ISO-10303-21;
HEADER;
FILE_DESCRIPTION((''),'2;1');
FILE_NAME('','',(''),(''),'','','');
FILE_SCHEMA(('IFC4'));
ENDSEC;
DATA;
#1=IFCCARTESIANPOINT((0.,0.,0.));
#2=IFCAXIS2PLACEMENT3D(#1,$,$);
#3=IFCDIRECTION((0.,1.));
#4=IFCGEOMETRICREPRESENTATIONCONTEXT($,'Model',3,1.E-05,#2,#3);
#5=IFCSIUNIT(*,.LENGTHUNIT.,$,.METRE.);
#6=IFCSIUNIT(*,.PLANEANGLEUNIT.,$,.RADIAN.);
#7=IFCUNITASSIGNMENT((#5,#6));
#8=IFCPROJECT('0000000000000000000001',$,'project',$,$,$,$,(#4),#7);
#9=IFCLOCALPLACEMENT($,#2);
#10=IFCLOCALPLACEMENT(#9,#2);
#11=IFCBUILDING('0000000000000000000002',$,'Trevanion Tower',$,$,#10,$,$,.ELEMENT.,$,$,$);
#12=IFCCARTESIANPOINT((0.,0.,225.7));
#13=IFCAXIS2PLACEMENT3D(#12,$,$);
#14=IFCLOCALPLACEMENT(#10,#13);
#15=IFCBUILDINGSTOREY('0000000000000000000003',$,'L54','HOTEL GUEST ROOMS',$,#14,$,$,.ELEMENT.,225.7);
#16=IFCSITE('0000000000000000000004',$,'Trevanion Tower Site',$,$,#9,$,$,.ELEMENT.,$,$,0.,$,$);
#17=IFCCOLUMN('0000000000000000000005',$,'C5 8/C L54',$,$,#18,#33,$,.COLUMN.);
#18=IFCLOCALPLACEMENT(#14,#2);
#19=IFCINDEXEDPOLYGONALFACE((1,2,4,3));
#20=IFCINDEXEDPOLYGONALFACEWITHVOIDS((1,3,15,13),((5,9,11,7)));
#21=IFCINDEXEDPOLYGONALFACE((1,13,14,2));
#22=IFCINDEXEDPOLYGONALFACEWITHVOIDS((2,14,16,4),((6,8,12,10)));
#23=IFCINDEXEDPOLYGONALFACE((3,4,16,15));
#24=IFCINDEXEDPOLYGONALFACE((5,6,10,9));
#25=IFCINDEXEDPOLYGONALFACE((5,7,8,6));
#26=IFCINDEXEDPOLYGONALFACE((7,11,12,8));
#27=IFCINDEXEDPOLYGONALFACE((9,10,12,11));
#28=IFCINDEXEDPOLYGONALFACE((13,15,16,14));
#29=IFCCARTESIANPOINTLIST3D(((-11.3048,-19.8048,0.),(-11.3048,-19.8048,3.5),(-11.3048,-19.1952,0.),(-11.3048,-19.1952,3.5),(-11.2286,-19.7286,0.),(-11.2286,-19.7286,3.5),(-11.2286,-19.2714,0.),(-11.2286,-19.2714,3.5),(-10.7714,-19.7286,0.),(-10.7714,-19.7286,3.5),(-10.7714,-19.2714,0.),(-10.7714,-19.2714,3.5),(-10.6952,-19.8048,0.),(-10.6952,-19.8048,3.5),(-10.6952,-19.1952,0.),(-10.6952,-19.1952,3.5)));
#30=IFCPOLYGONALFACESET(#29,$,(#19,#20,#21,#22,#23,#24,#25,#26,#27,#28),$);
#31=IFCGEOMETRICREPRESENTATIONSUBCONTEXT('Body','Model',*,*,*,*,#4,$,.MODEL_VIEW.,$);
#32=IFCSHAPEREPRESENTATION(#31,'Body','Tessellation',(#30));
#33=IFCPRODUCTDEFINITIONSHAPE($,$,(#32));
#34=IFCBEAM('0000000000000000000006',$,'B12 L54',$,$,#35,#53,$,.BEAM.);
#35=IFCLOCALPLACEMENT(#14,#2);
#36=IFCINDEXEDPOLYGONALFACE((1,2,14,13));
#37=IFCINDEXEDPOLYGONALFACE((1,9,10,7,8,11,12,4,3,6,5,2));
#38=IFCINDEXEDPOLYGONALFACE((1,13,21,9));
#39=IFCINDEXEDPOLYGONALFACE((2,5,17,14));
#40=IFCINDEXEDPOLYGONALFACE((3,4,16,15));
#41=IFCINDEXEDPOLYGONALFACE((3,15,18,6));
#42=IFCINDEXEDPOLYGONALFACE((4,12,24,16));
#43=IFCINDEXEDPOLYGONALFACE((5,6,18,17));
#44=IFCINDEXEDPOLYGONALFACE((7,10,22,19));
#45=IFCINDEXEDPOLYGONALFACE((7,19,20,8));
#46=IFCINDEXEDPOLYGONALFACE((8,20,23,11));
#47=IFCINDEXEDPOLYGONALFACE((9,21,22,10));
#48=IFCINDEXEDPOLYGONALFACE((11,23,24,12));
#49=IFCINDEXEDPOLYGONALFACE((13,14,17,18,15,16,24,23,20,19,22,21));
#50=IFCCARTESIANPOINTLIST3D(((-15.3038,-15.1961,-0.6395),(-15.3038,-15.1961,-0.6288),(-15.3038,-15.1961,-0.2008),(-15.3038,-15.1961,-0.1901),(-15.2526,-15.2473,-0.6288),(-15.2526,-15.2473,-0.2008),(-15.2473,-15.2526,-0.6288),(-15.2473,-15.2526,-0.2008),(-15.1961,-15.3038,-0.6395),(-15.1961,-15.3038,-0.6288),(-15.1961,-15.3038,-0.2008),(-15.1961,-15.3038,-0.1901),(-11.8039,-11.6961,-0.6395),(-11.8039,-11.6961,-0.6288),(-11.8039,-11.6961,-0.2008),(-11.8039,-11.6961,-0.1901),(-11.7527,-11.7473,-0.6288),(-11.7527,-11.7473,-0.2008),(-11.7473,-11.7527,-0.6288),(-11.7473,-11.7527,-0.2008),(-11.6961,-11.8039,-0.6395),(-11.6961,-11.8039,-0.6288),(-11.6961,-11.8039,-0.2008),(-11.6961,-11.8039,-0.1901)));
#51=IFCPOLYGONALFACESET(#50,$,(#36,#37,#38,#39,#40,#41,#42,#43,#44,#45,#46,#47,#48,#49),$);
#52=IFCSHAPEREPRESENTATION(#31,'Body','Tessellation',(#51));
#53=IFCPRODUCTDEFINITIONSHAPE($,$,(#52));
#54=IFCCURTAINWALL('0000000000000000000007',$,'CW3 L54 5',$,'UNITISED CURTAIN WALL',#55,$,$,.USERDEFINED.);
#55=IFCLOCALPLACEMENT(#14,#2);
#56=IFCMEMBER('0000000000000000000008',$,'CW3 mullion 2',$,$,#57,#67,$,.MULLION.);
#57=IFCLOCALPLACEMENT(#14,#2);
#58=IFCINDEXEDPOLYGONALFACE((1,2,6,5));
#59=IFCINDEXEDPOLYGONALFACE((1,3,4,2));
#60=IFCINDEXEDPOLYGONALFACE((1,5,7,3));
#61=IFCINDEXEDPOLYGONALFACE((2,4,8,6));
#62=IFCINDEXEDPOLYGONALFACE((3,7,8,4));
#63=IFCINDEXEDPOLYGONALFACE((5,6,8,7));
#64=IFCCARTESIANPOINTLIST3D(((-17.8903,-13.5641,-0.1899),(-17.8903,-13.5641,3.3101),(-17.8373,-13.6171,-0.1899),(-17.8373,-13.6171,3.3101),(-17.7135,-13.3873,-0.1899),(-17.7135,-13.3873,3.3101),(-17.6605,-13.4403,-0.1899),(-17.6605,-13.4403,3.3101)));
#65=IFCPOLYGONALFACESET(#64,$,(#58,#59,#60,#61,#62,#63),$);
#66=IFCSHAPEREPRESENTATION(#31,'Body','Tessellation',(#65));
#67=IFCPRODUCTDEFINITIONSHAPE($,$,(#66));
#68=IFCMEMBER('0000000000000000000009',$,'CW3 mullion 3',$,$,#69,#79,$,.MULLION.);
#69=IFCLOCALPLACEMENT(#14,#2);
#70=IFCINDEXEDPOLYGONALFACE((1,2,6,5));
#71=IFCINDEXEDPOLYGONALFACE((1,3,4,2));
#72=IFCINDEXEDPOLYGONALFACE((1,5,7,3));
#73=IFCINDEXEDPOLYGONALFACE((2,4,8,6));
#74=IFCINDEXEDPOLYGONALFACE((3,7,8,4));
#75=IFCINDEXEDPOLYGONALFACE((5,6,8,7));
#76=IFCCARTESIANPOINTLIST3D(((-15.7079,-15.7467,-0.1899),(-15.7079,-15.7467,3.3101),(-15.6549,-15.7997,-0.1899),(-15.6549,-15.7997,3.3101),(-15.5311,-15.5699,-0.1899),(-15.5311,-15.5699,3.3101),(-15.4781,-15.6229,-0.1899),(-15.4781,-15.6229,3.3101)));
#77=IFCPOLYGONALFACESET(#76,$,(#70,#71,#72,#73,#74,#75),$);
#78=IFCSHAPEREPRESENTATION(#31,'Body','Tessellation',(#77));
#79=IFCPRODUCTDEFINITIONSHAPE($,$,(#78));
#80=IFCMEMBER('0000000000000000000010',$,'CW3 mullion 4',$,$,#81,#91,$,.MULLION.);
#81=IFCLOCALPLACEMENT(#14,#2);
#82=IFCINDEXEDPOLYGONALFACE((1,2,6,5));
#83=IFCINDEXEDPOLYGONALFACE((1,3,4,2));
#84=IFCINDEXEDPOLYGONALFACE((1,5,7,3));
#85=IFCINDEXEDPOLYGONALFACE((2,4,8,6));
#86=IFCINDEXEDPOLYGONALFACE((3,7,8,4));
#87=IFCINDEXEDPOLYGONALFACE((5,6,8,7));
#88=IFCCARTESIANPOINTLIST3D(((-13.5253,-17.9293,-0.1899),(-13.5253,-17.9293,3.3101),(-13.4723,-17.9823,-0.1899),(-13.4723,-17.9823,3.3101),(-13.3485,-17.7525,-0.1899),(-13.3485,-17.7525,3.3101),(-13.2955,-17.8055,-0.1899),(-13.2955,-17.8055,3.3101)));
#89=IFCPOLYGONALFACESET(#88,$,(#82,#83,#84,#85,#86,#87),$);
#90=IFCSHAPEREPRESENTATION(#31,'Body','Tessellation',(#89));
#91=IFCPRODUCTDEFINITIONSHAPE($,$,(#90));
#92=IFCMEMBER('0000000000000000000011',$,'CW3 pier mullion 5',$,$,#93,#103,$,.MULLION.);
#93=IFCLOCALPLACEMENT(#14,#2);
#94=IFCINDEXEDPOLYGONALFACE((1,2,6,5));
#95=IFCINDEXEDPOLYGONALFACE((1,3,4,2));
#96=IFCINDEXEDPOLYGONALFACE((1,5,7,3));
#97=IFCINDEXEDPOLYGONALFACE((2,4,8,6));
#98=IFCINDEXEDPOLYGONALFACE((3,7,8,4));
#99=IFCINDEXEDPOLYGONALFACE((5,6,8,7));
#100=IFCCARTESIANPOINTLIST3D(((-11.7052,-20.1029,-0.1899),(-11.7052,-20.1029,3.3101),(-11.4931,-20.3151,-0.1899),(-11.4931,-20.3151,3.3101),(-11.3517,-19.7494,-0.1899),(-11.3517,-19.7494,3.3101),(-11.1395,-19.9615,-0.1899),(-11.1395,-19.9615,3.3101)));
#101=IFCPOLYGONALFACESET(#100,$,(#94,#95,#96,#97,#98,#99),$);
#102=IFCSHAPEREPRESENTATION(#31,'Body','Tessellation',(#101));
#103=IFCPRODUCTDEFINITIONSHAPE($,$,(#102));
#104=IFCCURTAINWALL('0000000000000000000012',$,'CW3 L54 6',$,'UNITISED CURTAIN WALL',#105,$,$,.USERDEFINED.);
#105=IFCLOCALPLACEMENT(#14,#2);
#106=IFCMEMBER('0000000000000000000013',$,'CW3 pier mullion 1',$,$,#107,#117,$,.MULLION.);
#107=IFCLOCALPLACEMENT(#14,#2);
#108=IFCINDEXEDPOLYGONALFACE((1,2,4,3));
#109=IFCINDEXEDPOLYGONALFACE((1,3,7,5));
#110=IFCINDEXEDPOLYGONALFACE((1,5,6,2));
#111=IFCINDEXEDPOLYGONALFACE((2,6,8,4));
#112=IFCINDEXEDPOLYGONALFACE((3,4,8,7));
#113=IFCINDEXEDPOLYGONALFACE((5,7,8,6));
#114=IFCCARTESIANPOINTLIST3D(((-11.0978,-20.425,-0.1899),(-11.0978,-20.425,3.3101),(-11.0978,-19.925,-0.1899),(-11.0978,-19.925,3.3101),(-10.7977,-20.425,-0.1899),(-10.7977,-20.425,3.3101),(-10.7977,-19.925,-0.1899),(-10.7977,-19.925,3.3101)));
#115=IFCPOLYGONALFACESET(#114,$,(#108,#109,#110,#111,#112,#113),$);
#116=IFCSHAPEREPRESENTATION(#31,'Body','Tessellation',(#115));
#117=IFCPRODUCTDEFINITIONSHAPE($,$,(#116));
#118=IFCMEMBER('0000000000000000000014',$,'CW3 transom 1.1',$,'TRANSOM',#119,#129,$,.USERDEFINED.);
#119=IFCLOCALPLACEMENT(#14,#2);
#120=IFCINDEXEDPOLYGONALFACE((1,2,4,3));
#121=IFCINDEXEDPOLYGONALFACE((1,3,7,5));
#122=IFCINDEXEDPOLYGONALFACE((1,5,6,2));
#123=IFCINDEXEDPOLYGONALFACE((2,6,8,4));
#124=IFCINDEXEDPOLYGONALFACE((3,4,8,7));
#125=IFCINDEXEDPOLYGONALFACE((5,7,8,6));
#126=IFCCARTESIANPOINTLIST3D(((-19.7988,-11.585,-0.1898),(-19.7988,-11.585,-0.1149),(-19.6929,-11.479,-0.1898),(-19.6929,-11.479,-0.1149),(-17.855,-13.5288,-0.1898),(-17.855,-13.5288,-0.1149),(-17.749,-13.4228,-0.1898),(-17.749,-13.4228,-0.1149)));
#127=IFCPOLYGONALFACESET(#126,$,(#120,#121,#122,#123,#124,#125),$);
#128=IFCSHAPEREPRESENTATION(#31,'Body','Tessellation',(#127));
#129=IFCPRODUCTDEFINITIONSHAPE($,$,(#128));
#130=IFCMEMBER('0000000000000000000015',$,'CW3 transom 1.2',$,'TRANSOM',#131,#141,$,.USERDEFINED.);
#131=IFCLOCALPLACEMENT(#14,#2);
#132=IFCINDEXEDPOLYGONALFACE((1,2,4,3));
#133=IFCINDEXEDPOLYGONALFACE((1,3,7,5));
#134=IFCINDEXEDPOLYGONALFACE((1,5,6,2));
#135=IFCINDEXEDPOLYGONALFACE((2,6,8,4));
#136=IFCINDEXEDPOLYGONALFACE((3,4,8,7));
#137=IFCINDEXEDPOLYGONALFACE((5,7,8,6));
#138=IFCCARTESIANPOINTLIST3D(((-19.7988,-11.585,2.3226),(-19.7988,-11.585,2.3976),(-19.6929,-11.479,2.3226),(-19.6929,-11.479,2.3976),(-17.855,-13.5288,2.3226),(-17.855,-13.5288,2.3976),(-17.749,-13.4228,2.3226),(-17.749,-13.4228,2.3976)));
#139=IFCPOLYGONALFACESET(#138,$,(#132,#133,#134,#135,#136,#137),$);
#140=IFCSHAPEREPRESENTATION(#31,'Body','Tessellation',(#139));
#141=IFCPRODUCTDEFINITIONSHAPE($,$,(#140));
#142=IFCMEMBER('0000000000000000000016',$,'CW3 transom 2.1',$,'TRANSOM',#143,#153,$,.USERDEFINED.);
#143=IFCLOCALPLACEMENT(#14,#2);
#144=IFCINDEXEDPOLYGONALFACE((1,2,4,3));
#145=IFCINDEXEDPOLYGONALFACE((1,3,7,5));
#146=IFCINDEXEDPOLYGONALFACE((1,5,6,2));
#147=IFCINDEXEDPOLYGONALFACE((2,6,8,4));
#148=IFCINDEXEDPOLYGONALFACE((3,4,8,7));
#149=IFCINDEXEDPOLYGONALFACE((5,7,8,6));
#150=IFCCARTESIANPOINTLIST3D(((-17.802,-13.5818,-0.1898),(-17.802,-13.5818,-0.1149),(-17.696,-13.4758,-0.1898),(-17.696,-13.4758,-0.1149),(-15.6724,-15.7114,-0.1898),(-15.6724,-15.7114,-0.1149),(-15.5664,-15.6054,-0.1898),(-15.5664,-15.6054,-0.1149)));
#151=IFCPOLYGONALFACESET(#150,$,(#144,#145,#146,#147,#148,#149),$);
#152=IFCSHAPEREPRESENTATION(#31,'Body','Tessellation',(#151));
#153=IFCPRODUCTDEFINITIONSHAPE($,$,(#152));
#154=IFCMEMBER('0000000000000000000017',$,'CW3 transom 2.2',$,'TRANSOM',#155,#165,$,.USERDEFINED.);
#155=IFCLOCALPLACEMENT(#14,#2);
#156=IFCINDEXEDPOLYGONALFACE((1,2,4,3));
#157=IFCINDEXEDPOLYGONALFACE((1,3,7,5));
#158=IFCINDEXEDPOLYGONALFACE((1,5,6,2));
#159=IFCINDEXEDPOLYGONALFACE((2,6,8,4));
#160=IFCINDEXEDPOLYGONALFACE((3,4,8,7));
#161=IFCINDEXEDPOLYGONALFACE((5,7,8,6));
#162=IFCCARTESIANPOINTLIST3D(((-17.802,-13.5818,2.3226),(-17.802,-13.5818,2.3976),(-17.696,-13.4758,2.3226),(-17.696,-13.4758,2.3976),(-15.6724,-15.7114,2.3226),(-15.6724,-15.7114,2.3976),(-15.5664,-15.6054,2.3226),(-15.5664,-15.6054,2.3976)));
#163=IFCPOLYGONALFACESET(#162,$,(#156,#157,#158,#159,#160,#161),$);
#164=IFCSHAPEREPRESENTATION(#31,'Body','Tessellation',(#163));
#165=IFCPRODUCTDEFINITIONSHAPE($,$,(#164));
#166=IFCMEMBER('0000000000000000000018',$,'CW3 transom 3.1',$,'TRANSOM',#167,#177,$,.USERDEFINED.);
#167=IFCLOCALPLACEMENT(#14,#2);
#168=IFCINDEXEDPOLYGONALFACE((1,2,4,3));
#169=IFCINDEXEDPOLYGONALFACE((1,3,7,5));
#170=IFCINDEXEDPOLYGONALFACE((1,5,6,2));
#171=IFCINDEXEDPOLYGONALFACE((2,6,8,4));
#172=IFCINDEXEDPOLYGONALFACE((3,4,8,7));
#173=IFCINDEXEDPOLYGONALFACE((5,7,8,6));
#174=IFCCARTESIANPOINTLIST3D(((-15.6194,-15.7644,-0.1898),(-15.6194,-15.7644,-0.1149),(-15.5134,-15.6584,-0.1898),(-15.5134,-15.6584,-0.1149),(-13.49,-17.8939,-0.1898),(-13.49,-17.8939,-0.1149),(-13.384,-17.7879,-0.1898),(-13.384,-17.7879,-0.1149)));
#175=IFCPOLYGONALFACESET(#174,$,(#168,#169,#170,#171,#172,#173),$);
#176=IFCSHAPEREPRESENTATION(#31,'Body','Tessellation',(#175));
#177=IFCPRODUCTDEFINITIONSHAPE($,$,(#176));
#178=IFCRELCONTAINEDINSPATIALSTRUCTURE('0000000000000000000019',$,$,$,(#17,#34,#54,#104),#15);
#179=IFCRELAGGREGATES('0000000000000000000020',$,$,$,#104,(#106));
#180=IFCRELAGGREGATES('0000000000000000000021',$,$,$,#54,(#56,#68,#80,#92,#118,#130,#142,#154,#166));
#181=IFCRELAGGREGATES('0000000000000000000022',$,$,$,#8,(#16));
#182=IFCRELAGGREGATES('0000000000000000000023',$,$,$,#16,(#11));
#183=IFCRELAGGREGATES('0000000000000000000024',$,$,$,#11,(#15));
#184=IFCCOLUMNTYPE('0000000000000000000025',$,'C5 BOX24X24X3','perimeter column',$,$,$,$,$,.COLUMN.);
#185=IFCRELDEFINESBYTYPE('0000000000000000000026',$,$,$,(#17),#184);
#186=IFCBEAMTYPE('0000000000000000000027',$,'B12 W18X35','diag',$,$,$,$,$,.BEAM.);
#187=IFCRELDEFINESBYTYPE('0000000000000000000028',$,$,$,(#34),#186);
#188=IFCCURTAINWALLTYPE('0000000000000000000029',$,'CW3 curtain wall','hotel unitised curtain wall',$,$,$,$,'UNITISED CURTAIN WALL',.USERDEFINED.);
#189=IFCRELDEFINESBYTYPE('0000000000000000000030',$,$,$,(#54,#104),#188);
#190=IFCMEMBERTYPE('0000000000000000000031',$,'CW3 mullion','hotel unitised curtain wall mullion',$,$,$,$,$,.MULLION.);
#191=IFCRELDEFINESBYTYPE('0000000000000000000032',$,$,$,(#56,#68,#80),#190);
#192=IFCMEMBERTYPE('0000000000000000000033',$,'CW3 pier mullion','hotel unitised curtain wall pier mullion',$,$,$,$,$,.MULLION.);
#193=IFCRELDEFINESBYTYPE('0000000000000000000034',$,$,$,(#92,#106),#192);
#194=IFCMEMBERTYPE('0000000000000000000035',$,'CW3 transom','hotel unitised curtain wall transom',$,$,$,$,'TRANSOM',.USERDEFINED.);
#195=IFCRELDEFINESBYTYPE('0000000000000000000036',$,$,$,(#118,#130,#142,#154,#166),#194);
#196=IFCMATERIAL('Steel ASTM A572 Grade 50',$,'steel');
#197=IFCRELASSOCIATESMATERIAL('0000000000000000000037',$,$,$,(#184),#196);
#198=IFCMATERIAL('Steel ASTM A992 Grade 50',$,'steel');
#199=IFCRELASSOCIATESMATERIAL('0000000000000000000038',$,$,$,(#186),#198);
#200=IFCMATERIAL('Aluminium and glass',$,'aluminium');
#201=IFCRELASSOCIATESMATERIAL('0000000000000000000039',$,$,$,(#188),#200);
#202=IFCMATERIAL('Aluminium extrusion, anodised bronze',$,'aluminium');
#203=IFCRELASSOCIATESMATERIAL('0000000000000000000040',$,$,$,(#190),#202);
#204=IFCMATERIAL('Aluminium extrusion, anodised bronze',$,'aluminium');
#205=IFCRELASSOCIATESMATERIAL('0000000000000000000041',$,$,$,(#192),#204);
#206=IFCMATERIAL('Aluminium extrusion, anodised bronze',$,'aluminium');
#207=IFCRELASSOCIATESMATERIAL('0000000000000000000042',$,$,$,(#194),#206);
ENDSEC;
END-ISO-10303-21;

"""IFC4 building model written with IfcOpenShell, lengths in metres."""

from ifc_helpers import new_model, si_unit, direction, frame, origin, origin_2d, place, context, subcontext, project, spatial, rectangle, hollow_rectangle, i_section, extrude, material, material_profile, profile_set, type_object, element, aggregate, save


model = new_model("IFC4")

# Units and contexts
model_context = context("Model", 3, precision=1e-05, world=origin(), true_north=direction((0.0, 1.0)))
body_context = subcontext(model_context, "Body", "Model", "MODEL_VIEW")
ifc_project = project(units=[si_unit("LENGTHUNIT", "METRE"), si_unit("PLANEANGLEUNIT", "RADIAN")], contexts=[model_context])

# Site, building, storey
site_placement = place(None, origin())
site = spatial("IfcSite", under=ifc_project, at=site_placement, Name="Trevanion Tower Site", CompositionType="ELEMENT", RefElevation=0.0)
building_placement = place(site_placement, origin())
building = spatial("IfcBuilding", under=site, at=building_placement, Name="Trevanion Tower", CompositionType="ELEMENT")
storey_placement = place(building_placement, frame((0.0, 0.0, 225.7)))
storey = spatial("IfcBuildingStorey", under=building, at=storey_placement, Name="L54", Description="HOTEL GUEST ROOMS", CompositionType="ELEMENT", Elevation=225.7)

# Column
ifc_material_1 = material(Name="Steel ASTM A572 Grade 50", Category="steel")
ifc_material_profile_1 = material_profile(ifc_material_1, hollow_rectangle(XDim=0.6096, YDim=0.6096, WallThickness=0.0762, at=origin_2d()), Name="BOX24X24X3")
ifc_profile_set_1 = profile_set([ifc_material_profile_1], Name="Steel ASTM A572 Grade 50")
column_type = type_object("IfcColumnType", Name="C5 BOX24X24X3", Description="perimeter column", PredefinedType="COLUMN", material=ifc_profile_set_1)
column_placement = place(storey_placement, frame((-11.0, -19.5, 0.0), z_axis=(0.0, 0.0, 1.0), x_axis=(1.0, 0.0, 0.0)))
element("IfcColumn", 1, at=column_placement, inside=storey, type_object=column_type, Name="C5 8/C L54", PredefinedType="COLUMN", context=body_context, shape_type="SweptSolid", body=[
    extrude(hollow_rectangle(XDim=0.6096, YDim=0.6096, WallThickness=0.0762, at=origin_2d()), origin(), (0.0, 0.0, 1.0), 3.5),
])

# Beam
ifc_material_2 = material(Name="Steel ASTM A992 Grade 50", Category="steel")
ifc_material_profile_2 = material_profile(ifc_material_2, i_section(OverallWidth=0.1523, OverallDepth=0.4495, WebThickness=0.0076, FlangeThickness=0.0107, at=origin_2d()), Name="W18X35")
ifc_profile_set_2 = profile_set([ifc_material_profile_2], Name="Steel ASTM A992 Grade 50")
beam_type_1 = type_object("IfcBeamType", Name="B12 W18X35", Description="diag", PredefinedType="BEAM", material=ifc_profile_set_2)
beam_1_placement = place(storey_placement, frame((-11.75, -11.75, -0.4148), z_axis=(-0.707107, -0.707107, 0.0), x_axis=(0.707107, -0.707107, 0.0)))
element("IfcBeam", 2, at=beam_1_placement, inside=storey, type_object=beam_type_1, Name="B12 L54", PredefinedType="BEAM", context=body_context, shape_type="SweptSolid", body=[
    extrude(i_section(OverallWidth=0.1523, OverallDepth=0.4495, WebThickness=0.0076, FlangeThickness=0.0107, at=origin_2d()), origin(), (0.0, 0.0, 1.0), 4.9497),
])

# Curtain wall, members
ifc_material_3 = material(Name="Aluminium and glass", Category="aluminium")
curtain_wall_type = type_object("IfcCurtainWallType", Name="CW3 curtain wall", Description="hotel unitised curtain wall", ElementType="UNITISED CURTAIN WALL", PredefinedType="USERDEFINED", material=ifc_material_3)
curtain_wall_1_placement = place(storey_placement, origin())
curtain_wall_1 = element("IfcCurtainWall", 3, at=curtain_wall_1_placement, inside=storey, type_object=curtain_wall_type, Name="CW3 L54 5", ObjectType="UNITISED CURTAIN WALL", PredefinedType="USERDEFINED")
ifc_material_4 = material(Name="Aluminium extrusion, anodised bronze", Category="aluminium")
ifc_material_profile_3 = material_profile(ifc_material_4, rectangle(XDim=0.075, YDim=0.25, at=origin_2d()), Name="CW3 mullion")
ifc_profile_set_3 = profile_set([ifc_material_profile_3], Name="Aluminium extrusion, anodised bronze")
member_type_1 = type_object("IfcMemberType", Name="CW3 mullion", Description="hotel unitised curtain wall mullion", PredefinedType="MULLION", material=ifc_profile_set_3)
member_1_placement = place(storey_placement, frame((-17.7754, -13.5022, -0.1899), z_axis=(0.0, 0.0, 1.0), x_axis=(0.707107, -0.707107, 0.0)))
member_1 = element("IfcMember", 4, at=member_1_placement, type_object=member_type_1, Name="CW3 mullion 2", PredefinedType="MULLION", context=body_context, shape_type="SweptSolid", body=[
    extrude(rectangle(XDim=0.075, YDim=0.25, at=origin_2d()), origin(), (0.0, 0.0, 1.0), 3.5),
])
member_2_placement = place(storey_placement, frame((-15.593, -15.6848, -0.1899), z_axis=(0.0, 0.0, 1.0), x_axis=(0.707107, -0.707107, 0.0)))
member_2 = element("IfcMember", 5, at=member_2_placement, type_object=member_type_1, Name="CW3 mullion 3", PredefinedType="MULLION", context=body_context, shape_type="SweptSolid", body=[
    extrude(rectangle(XDim=0.075, YDim=0.25, at=origin_2d()), origin(), (0.0, 0.0, 1.0), 3.5),
])
member_3_placement = place(storey_placement, frame((-13.4104, -17.8674, -0.1899), z_axis=(0.0, 0.0, 1.0), x_axis=(0.707107, -0.707107, 0.0)))
member_3 = element("IfcMember", 6, at=member_3_placement, type_object=member_type_1, Name="CW3 mullion 4", PredefinedType="MULLION", context=body_context, shape_type="SweptSolid", body=[
    extrude(rectangle(XDim=0.075, YDim=0.25, at=origin_2d()), origin(), (0.0, 0.0, 1.0), 3.5),
])
ifc_material_5 = material(Name="Aluminium extrusion, anodised bronze", Category="aluminium")
ifc_material_profile_4 = material_profile(ifc_material_5, rectangle(XDim=0.3, YDim=0.5, at=origin_2d()), Name="CW3 pier mullion")
ifc_profile_set_4 = profile_set([ifc_material_profile_4], Name="Aluminium extrusion, anodised bronze")
member_type_2 = type_object("IfcMemberType", Name="CW3 pier mullion", Description="hotel unitised curtain wall pier mullion", PredefinedType="MULLION", material=ifc_profile_set_4)
member_4_placement = place(storey_placement, frame((-11.4224, -20.0322, -0.1899), z_axis=(0.0, 0.0, 1.0), x_axis=(0.707107, -0.707107, 0.0)))
member_4 = element("IfcMember", 7, at=member_4_placement, type_object=member_type_2, Name="CW3 pier mullion 5", PredefinedType="MULLION", context=body_context, shape_type="SweptSolid", body=[
    extrude(rectangle(XDim=0.3, YDim=0.5, at=origin_2d()), origin(), (0.0, 0.0, 1.0), 3.5),
])

# Curtain wall, member
curtain_wall_2_placement = place(storey_placement, origin())
curtain_wall_2 = element("IfcCurtainWall", 8, at=curtain_wall_2_placement, inside=storey, type_object=curtain_wall_type, Name="CW3 L54 6", ObjectType="UNITISED CURTAIN WALL", PredefinedType="USERDEFINED")
member_5_placement = place(storey_placement, frame((-10.9478, -20.175, -0.1899), z_axis=(0.0, 0.0, 1.0), x_axis=(1.0, 0.0, 0.0)))
member_5 = element("IfcMember", 9, at=member_5_placement, type_object=member_type_2, Name="CW3 pier mullion 1", PredefinedType="MULLION", context=body_context, shape_type="SweptSolid", body=[
    extrude(rectangle(XDim=0.3, YDim=0.5, at=origin_2d()), origin(), (0.0, 0.0, 1.0), 3.5),
])

# Members
ifc_material_6 = material(Name="Aluminium extrusion, anodised bronze", Category="aluminium")
ifc_material_profile_5 = material_profile(ifc_material_6, rectangle(XDim=0.1499, YDim=0.075, at=origin_2d()), Name="CW3 transom")
ifc_profile_set_5 = profile_set([ifc_material_profile_5], Name="Aluminium extrusion, anodised bronze")
member_type_3 = type_object("IfcMemberType", Name="CW3 transom", Description="hotel unitised curtain wall transom", ElementType="TRANSOM", PredefinedType="USERDEFINED", material=ifc_profile_set_5)
member_6_placement = place(storey_placement, frame((-19.7458, -11.532, -0.1523), z_axis=(0.707107, -0.707107, 0.0), x_axis=(0.707107, 0.707107, 0.0)))
member_6 = element("IfcMember", 10, at=member_6_placement, type_object=member_type_3, Name="CW3 transom 1.1", ObjectType="TRANSOM", PredefinedType="USERDEFINED", context=body_context, shape_type="SweptSolid", body=[
    extrude(rectangle(XDim=0.1499, YDim=0.075, at=origin_2d()), origin(), (0.0, 0.0, 1.0), 2.749),
])
member_7_placement = place(storey_placement, frame((-19.7458, -11.532, 2.3601), z_axis=(0.707107, -0.707107, 0.0), x_axis=(0.707107, 0.707107, 0.0)))
member_7 = element("IfcMember", 11, at=member_7_placement, type_object=member_type_3, Name="CW3 transom 1.2", ObjectType="TRANSOM", PredefinedType="USERDEFINED", context=body_context, shape_type="SweptSolid", body=[
    extrude(rectangle(XDim=0.1499, YDim=0.075, at=origin_2d()), origin(), (0.0, 0.0, 1.0), 2.749),
])
member_8_placement = place(storey_placement, frame((-17.749, -13.5288, -0.1523), z_axis=(0.707107, -0.707107, 0.0), x_axis=(0.707107, 0.707107, 0.0)))
member_8 = element("IfcMember", 12, at=member_8_placement, type_object=member_type_3, Name="CW3 transom 2.1", ObjectType="TRANSOM", PredefinedType="USERDEFINED", context=body_context, shape_type="SweptSolid", body=[
    extrude(rectangle(XDim=0.1499, YDim=0.075, at=origin_2d()), origin(), (0.0, 0.0, 1.0), 3.0117),
])
member_9_placement = place(storey_placement, frame((-17.749, -13.5288, 2.3601), z_axis=(0.707107, -0.707107, 0.0), x_axis=(0.707107, 0.707107, 0.0)))
member_9 = element("IfcMember", 13, at=member_9_placement, type_object=member_type_3, Name="CW3 transom 2.2", ObjectType="TRANSOM", PredefinedType="USERDEFINED", context=body_context, shape_type="SweptSolid", body=[
    extrude(rectangle(XDim=0.1499, YDim=0.075, at=origin_2d()), origin(), (0.0, 0.0, 1.0), 3.0117),
])
member_10_placement = place(storey_placement, frame((-15.5664, -15.7114, -0.1523), z_axis=(0.707107, -0.707107, 0.0), x_axis=(0.707107, 0.707107, 0.0)))
member_10 = element("IfcMember", 14, at=member_10_placement, type_object=member_type_3, Name="CW3 transom 3.1", ObjectType="TRANSOM", PredefinedType="USERDEFINED", context=body_context, shape_type="SweptSolid", body=[
    extrude(rectangle(XDim=0.1499, YDim=0.075, at=origin_2d()), origin(), (0.0, 0.0, 1.0), 3.0115),
])
aggregate(curtain_wall_2, [member_5])

aggregate(curtain_wall_1, [member_1, member_2, member_3, member_4, member_6, member_7, member_8, member_9, member_10])

save(model, "model.ifc")
